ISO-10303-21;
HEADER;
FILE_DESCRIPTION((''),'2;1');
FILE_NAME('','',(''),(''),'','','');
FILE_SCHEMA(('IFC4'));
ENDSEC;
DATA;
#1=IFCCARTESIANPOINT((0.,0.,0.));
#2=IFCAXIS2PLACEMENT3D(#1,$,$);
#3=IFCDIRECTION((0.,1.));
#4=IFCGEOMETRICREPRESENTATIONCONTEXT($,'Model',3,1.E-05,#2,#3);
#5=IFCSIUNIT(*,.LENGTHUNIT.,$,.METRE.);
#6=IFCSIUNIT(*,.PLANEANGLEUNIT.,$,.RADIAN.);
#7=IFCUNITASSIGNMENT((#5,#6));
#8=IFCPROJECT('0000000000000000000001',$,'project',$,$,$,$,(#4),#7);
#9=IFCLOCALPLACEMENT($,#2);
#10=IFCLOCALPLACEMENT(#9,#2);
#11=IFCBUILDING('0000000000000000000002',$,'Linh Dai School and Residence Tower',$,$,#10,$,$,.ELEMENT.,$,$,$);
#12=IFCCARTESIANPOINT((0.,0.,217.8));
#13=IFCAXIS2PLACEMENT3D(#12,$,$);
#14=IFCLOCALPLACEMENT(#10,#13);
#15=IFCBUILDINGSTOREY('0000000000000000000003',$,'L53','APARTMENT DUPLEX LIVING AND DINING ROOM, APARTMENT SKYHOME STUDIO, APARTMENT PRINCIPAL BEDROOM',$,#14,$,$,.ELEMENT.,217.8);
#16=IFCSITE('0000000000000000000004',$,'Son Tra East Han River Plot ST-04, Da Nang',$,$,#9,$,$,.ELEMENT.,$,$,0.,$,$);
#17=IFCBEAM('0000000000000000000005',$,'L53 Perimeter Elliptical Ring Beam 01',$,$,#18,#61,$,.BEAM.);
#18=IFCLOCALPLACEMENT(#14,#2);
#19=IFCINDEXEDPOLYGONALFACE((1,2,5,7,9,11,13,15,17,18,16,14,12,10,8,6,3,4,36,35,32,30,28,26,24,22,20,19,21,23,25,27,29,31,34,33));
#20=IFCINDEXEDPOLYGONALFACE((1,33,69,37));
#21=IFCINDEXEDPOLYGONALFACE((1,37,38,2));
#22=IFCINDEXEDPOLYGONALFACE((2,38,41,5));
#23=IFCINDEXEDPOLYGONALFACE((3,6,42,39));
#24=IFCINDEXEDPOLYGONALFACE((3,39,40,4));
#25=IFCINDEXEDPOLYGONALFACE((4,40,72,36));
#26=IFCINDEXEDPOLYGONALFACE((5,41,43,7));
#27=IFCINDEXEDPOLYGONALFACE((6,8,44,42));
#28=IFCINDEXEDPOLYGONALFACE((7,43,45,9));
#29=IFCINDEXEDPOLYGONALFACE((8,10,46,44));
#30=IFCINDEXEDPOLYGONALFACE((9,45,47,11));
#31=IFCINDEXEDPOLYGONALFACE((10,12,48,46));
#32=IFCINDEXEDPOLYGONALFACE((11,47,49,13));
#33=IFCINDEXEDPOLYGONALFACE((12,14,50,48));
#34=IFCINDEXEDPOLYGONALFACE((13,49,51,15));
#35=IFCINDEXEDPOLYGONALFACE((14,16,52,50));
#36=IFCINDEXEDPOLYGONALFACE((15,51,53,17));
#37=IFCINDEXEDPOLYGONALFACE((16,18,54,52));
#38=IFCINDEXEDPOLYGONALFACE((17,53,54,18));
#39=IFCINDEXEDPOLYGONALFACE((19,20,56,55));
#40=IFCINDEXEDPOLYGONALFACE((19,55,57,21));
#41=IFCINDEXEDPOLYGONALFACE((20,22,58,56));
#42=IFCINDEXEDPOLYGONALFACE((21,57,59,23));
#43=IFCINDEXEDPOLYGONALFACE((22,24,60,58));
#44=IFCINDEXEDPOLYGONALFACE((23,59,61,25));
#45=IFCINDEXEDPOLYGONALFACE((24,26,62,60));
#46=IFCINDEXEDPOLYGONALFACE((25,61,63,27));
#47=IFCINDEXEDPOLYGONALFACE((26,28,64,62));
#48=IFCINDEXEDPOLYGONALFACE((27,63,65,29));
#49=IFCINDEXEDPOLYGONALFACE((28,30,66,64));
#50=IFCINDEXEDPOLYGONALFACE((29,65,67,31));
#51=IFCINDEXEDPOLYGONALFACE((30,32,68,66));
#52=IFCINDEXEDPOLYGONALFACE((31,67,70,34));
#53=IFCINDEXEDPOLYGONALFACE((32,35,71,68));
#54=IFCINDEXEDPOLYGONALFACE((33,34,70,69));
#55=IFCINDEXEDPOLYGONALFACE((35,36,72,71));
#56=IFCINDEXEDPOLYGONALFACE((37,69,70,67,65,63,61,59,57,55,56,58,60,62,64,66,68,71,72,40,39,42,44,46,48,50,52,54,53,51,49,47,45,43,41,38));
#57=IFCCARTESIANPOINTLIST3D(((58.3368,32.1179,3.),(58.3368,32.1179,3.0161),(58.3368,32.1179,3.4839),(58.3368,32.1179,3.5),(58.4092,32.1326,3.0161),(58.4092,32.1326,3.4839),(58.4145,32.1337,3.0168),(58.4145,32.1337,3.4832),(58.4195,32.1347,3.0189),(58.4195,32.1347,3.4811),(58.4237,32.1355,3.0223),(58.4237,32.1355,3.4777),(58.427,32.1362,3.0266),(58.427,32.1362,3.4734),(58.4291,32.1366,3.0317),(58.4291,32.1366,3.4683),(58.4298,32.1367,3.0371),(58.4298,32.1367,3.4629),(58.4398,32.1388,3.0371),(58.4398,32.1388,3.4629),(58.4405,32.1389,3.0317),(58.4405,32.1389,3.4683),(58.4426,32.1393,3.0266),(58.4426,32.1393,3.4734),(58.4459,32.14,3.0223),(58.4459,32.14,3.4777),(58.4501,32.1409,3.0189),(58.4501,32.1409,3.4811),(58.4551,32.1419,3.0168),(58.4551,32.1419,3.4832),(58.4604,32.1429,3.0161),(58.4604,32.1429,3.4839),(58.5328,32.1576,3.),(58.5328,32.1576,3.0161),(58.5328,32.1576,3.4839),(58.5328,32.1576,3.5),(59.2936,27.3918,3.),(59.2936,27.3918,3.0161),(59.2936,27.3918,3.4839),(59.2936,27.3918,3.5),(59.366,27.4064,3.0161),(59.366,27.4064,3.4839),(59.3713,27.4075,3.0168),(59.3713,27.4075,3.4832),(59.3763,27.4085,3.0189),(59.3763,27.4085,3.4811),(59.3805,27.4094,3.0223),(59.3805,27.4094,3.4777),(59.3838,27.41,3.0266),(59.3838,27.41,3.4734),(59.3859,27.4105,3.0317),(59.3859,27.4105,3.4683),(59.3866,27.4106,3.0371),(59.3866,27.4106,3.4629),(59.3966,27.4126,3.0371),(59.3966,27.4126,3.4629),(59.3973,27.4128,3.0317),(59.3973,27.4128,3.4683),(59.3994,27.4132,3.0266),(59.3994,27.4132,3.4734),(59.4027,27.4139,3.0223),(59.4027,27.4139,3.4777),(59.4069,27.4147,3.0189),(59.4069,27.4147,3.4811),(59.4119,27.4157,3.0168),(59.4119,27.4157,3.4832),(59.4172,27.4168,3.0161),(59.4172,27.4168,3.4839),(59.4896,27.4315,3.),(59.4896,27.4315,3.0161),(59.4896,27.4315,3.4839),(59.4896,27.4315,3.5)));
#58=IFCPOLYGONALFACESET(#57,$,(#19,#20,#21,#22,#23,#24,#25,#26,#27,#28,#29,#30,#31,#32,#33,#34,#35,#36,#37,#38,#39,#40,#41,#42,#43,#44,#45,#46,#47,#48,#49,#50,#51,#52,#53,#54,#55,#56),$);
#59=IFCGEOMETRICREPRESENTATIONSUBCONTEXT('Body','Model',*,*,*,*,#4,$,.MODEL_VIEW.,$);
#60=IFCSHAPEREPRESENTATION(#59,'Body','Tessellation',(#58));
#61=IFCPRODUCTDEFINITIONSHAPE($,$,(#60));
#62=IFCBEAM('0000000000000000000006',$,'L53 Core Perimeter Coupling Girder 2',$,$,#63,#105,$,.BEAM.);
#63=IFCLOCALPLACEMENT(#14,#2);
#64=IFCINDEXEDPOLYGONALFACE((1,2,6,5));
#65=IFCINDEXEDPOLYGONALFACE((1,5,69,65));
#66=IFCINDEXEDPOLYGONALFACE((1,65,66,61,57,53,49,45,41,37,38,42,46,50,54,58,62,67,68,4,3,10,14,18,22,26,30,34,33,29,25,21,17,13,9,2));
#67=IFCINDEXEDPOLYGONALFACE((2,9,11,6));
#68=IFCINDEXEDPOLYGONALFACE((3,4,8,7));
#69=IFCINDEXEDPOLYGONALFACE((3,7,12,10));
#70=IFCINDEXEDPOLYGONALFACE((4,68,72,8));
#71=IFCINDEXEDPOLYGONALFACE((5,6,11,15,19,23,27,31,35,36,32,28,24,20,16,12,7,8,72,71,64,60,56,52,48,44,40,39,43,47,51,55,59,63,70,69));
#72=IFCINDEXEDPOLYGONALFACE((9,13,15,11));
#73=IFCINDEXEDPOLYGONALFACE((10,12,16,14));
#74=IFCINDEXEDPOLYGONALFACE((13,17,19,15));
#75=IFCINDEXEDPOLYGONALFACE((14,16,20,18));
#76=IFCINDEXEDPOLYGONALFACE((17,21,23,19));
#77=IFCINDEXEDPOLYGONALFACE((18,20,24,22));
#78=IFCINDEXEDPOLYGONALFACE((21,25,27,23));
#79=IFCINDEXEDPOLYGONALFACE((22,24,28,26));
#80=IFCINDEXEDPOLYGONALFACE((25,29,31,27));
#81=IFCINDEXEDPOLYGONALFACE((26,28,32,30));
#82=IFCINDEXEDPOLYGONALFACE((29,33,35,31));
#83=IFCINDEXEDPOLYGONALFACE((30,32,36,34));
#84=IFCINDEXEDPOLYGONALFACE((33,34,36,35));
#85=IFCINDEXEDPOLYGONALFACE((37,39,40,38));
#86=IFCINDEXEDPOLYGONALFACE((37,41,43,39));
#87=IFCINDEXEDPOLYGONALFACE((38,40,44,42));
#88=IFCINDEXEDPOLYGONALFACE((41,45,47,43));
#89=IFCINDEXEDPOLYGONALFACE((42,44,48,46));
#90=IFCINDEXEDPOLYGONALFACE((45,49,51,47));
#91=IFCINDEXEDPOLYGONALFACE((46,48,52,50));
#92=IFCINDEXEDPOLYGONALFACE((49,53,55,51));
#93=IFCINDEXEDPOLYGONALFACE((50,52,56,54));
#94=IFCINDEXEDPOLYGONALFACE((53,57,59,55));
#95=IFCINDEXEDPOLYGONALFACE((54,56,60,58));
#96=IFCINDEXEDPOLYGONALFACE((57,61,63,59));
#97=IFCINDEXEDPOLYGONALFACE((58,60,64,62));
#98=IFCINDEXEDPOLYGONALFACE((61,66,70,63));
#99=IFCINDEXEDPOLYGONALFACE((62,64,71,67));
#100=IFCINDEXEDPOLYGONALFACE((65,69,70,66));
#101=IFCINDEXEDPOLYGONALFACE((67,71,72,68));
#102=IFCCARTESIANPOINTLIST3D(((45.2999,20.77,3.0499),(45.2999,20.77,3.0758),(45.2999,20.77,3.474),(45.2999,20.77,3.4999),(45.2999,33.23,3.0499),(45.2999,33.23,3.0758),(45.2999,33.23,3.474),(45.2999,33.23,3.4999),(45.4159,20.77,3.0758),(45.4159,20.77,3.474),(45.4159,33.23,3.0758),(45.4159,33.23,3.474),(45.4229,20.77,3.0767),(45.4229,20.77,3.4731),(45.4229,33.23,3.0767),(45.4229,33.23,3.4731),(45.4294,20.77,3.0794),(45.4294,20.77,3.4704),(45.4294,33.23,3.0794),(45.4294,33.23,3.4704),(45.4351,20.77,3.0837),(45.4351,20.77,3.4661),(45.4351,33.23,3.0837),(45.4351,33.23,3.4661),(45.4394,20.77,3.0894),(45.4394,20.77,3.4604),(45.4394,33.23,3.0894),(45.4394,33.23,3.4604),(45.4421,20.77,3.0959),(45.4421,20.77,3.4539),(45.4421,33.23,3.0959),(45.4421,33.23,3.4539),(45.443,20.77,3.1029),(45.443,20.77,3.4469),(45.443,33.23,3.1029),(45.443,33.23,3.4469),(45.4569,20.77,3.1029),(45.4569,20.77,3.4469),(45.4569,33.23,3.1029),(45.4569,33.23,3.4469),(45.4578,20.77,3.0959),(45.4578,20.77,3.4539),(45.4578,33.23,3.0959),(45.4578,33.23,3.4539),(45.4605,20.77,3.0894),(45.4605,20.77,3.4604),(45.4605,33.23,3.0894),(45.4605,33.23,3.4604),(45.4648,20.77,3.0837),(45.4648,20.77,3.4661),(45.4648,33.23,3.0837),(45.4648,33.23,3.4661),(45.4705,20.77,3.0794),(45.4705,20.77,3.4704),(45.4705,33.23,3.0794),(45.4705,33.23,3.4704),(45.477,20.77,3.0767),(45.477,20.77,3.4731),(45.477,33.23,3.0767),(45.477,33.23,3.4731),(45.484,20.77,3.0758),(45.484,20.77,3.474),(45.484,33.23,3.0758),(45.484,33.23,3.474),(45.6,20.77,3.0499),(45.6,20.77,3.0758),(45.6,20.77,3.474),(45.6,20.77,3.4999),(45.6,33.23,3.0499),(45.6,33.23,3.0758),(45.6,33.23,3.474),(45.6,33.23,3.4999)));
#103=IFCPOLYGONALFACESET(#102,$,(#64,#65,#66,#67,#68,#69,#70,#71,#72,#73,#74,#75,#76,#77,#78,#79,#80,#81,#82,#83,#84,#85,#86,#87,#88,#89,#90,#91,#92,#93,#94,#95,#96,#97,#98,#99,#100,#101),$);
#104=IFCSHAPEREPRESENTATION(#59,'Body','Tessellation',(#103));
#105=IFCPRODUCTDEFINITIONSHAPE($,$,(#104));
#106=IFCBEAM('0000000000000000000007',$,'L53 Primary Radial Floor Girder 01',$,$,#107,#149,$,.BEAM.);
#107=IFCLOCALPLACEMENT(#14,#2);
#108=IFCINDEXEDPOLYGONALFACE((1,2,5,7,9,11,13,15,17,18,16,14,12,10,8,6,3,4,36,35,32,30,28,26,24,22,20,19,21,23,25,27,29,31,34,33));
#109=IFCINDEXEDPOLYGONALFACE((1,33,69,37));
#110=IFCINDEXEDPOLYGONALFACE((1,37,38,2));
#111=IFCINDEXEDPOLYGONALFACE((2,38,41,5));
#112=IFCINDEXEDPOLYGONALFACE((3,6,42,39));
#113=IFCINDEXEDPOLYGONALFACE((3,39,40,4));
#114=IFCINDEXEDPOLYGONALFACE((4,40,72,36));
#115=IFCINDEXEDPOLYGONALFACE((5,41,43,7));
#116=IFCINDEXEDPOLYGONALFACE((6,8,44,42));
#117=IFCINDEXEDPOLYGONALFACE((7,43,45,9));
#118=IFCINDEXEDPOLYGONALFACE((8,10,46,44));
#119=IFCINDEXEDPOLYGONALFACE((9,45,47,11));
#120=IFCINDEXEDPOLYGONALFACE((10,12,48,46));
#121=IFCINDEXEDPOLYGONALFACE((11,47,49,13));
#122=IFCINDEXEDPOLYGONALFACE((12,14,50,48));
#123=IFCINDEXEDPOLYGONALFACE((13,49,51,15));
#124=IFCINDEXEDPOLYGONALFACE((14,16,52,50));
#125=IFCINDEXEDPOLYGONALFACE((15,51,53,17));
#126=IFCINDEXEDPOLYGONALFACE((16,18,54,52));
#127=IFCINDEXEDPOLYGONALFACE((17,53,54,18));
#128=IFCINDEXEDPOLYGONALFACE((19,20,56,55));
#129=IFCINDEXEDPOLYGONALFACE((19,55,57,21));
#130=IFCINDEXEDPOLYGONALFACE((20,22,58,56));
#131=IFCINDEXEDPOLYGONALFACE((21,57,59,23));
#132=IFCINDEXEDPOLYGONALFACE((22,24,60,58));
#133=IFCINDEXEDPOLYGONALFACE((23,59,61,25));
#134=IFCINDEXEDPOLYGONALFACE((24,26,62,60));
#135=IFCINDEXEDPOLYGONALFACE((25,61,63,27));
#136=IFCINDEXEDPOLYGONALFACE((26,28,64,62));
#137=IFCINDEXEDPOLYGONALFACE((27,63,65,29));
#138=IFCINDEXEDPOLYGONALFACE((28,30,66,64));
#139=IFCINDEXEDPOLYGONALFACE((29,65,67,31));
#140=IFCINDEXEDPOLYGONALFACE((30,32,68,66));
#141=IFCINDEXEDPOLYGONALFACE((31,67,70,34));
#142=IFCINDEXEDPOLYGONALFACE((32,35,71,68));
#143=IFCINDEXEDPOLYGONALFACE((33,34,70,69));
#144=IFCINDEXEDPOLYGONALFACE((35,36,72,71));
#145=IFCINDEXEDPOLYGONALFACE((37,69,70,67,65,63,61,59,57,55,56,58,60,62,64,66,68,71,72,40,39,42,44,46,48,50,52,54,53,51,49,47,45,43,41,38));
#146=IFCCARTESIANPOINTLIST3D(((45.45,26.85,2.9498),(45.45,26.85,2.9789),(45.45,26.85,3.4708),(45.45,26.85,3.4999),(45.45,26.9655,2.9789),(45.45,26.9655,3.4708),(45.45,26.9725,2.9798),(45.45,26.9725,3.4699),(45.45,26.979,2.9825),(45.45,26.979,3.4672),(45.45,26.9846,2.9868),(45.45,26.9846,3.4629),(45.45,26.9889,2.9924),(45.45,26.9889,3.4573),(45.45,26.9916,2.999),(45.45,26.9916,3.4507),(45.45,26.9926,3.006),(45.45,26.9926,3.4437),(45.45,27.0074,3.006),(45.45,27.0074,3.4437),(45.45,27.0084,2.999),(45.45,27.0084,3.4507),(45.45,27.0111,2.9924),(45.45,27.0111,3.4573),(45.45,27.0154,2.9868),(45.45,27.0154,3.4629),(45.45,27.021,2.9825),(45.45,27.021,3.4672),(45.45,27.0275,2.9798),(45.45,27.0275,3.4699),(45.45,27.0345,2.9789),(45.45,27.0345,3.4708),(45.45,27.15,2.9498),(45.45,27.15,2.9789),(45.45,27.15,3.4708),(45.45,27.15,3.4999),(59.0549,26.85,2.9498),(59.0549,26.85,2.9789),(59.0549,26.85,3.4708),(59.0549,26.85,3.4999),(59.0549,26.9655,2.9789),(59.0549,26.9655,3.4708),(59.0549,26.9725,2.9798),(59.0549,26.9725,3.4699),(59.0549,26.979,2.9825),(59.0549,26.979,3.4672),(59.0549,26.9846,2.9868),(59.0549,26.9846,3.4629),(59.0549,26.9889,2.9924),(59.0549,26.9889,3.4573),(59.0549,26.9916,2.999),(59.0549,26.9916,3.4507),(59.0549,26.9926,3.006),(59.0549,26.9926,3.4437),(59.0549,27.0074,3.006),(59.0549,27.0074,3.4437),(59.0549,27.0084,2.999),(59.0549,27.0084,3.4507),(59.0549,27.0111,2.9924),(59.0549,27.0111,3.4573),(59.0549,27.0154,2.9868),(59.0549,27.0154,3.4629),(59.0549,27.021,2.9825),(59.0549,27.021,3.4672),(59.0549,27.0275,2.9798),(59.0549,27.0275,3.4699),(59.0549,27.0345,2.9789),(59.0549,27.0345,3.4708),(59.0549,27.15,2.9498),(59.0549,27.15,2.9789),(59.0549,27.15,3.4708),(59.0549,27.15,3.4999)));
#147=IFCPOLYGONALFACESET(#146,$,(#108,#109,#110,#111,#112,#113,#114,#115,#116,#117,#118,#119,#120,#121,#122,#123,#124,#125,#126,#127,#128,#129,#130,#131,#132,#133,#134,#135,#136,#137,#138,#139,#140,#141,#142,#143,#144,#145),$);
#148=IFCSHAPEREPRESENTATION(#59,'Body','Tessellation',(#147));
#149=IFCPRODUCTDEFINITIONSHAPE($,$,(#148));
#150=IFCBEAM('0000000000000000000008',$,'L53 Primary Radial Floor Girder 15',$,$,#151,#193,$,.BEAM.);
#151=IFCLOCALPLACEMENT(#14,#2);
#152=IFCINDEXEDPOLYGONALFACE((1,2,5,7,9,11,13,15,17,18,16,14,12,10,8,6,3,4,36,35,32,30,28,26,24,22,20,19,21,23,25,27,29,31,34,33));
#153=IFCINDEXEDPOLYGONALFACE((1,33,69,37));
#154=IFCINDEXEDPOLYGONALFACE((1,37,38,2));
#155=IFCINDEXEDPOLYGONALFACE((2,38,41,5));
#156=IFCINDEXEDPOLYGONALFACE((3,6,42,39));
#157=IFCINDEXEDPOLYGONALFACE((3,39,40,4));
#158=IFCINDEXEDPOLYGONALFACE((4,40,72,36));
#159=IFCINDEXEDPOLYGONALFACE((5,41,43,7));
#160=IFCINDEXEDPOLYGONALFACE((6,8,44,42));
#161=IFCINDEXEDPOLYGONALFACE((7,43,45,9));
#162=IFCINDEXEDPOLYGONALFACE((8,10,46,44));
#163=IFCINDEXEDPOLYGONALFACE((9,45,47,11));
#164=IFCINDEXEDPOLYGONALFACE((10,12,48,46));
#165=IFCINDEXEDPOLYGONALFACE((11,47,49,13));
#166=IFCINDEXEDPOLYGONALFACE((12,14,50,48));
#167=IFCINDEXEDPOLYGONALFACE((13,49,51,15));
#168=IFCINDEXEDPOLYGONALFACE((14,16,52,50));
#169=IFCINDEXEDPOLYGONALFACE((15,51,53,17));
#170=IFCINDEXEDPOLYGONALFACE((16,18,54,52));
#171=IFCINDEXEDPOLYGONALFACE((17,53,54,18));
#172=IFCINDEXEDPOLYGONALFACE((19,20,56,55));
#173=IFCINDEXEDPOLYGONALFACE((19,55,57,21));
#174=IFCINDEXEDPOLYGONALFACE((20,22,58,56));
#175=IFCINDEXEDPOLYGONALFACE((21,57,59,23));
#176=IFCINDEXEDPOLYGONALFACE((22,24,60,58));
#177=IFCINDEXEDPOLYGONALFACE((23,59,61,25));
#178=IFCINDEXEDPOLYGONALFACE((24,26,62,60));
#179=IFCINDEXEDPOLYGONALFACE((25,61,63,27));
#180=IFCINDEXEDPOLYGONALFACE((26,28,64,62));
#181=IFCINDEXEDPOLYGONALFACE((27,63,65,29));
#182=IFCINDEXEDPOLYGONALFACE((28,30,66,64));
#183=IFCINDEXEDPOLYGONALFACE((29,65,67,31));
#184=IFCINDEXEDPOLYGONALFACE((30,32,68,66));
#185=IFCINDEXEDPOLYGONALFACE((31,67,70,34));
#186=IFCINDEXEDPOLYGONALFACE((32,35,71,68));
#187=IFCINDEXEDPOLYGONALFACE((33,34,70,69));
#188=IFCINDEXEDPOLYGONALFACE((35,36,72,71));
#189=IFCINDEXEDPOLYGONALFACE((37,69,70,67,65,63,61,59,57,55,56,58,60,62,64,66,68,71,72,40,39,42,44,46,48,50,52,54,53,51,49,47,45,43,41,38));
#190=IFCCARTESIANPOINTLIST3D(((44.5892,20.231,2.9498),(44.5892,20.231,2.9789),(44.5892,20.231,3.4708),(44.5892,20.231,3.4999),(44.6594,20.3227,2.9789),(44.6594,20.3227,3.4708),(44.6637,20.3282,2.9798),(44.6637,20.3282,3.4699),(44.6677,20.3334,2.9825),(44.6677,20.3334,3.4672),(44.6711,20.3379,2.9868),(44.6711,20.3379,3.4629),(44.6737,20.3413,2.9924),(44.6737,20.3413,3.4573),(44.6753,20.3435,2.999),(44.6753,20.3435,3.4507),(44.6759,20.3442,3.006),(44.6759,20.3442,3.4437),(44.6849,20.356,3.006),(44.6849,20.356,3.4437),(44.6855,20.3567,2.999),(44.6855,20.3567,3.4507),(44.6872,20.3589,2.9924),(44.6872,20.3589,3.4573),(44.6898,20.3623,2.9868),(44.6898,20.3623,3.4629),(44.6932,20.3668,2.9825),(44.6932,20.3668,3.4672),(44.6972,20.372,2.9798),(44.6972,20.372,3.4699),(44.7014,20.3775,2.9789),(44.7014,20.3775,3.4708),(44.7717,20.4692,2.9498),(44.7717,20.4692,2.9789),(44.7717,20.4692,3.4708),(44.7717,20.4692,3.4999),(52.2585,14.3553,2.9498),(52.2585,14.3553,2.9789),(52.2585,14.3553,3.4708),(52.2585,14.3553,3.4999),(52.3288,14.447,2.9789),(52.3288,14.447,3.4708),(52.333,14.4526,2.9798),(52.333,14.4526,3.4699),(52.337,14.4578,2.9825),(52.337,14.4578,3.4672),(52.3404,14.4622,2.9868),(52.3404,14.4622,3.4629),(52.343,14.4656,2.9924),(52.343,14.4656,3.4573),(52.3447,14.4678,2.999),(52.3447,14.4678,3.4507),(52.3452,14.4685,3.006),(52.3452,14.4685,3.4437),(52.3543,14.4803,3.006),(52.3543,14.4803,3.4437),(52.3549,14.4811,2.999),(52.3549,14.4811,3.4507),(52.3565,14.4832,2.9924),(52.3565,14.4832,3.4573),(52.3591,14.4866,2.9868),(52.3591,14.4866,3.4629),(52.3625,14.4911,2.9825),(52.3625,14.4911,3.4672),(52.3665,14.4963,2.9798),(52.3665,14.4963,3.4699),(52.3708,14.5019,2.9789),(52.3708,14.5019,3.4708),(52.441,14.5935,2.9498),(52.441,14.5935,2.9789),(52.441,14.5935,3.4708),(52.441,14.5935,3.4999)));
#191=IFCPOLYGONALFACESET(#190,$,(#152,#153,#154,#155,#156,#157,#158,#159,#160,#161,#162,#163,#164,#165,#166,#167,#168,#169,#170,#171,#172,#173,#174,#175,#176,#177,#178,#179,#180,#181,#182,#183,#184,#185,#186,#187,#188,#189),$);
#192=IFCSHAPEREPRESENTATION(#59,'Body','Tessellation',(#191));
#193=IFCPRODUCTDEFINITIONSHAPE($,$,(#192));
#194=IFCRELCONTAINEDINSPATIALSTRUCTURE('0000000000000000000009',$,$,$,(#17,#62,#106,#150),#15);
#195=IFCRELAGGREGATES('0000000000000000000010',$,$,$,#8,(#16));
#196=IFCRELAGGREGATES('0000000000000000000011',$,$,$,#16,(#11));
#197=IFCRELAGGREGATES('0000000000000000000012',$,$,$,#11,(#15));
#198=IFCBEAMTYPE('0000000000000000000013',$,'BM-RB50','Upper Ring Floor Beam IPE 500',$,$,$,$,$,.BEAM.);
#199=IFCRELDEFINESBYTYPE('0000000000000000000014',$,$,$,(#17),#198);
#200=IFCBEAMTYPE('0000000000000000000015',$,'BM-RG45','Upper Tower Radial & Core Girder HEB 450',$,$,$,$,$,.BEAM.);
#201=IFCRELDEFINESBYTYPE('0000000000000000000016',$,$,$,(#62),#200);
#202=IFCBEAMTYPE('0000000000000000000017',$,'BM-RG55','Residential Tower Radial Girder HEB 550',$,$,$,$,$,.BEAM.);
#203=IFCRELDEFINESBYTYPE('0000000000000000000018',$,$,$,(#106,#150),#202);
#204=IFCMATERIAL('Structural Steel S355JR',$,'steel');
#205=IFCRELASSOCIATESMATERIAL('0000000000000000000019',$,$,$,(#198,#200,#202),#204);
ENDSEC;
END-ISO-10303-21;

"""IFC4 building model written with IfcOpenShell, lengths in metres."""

from ifc_helpers import new_model, si_unit, direction, frame, origin, origin_2d, place, context, subcontext, project, spatial, i_section, extrude, material, material_profile, profile_set, type_object, element, save


model = new_model("IFC4")

# Units and contexts
model_context = context("Model", 3, precision=1e-05, world=origin(), true_north=direction((0.0, 1.0)))
body_context = subcontext(model_context, "Body", "Model", "MODEL_VIEW")
ifc_project = project(units=[si_unit("LENGTHUNIT", "METRE"), si_unit("PLANEANGLEUNIT", "RADIAN")], contexts=[model_context])

# Site, building, storey
site_placement = place(None, origin())
site = spatial("IfcSite", under=ifc_project, at=site_placement, Name="Son Tra East Han River Plot ST-04, Da Nang", CompositionType="ELEMENT", RefElevation=0.0)
building_placement = place(site_placement, origin())
building = spatial("IfcBuilding", under=site, at=building_placement, Name="Linh Dai School and Residence Tower", CompositionType="ELEMENT")
storey_placement = place(building_placement, frame((0.0, 0.0, 217.8)))
storey = spatial("IfcBuildingStorey", under=building, at=storey_placement, Name="L53", Description="APARTMENT DUPLEX LIVING AND DINING ROOM, APARTMENT SKYHOME STUDIO, APARTMENT PRINCIPAL BEDROOM", CompositionType="ELEMENT", Elevation=217.8)

# Shared definitions
ifc_material_1 = material(Name="Structural Steel S355JR", Category="steel")

# Beams
ifc_material_profile_1 = material_profile(ifc_material_1, i_section(OverallWidth=0.2, OverallDepth=0.5, WebThickness=0.0103, FlangeThickness=0.0161, FilletRadius=0.021, at=origin_2d()), Name="IPE 500")
ifc_profile_set_1 = profile_set([ifc_material_profile_1], Name="Structural Steel S355JR")
beam_type_1 = type_object("IfcBeamType", Name="BM-RB50", Description="Upper Ring Floor Beam IPE 500", PredefinedType="BEAM", material=ifc_profile_set_1)
beam_1_placement = place(storey_placement, frame((59.3916, 27.4116, 3.25), z_axis=(-0.198423, 0.980116, 0.0), x_axis=(-0.980116, -0.198423, 0.0)))
element("IfcBeam", 1, at=beam_1_placement, inside=storey, type_object=beam_type_1, Name="L53 Perimeter Elliptical Ring Beam 01", PredefinedType="BEAM", context=body_context, shape_type="SweptSolid", body=[
    extrude(i_section(OverallWidth=0.2, OverallDepth=0.5, WebThickness=0.0103, FlangeThickness=0.0161, FilletRadius=0.021, at=origin_2d()), origin(), (0.0, 0.0, 1.0), 4.822),
])
ifc_material_profile_2 = material_profile(ifc_material_1, i_section(OverallWidth=0.3, OverallDepth=0.45, WebThickness=0.0139, FlangeThickness=0.0259, FilletRadius=0.0271, at=origin_2d()), Name="HEB 450")
ifc_profile_set_2 = profile_set([ifc_material_profile_2], Name="Structural Steel S355JR")
beam_type_2 = type_object("IfcBeamType", Name="BM-RG45", Description="Upper Tower Radial & Core Girder HEB 450", PredefinedType="BEAM", material=ifc_profile_set_2)
beam_2_placement = place(storey_placement, frame((45.45, 20.77, 3.2749), z_axis=(0.0, 1.0, 0.0), x_axis=(-1.0, 0.0, 0.0)))
element("IfcBeam", 2, at=beam_2_placement, inside=storey, type_object=beam_type_2, Name="L53 Core Perimeter Coupling Girder 2", PredefinedType="BEAM", context=body_context, shape_type="SweptSolid", body=[
    extrude(i_section(OverallWidth=0.3, OverallDepth=0.45, WebThickness=0.0139, FlangeThickness=0.0259, FilletRadius=0.0271, at=origin_2d()), origin(), (0.0, 0.0, 1.0), 12.46),
])
ifc_material_profile_3 = material_profile(ifc_material_1, i_section(OverallWidth=0.3, OverallDepth=0.55, WebThickness=0.0149, FlangeThickness=0.0291, FilletRadius=0.0271, at=origin_2d()), Name="HEB 550")
ifc_profile_set_3 = profile_set([ifc_material_profile_3], Name="Structural Steel S355JR")
beam_type_3 = type_object("IfcBeamType", Name="BM-RG55", Description="Residential Tower Radial Girder HEB 550", PredefinedType="BEAM", material=ifc_profile_set_3)
beam_3_placement = place(storey_placement, frame((45.45, 27.0, 3.2249), z_axis=(1.0, 0.0, 0.0), x_axis=(0.0, 1.0, 0.0)))
element("IfcBeam", 3, at=beam_3_placement, inside=storey, type_object=beam_type_3, Name="L53 Primary Radial Floor Girder 01", PredefinedType="BEAM", context=body_context, shape_type="SweptSolid", body=[
    extrude(i_section(OverallWidth=0.3, OverallDepth=0.55, WebThickness=0.0149, FlangeThickness=0.0291, FilletRadius=0.0271, at=origin_2d()), origin(), (0.0, 0.0, 1.0), 13.605),
])
beam_4_placement = place(storey_placement, frame((44.6804, 20.3501, 3.2249), z_axis=(0.793815, -0.60816, 0.0), x_axis=(0.60816, 0.793815, 0.0)))
element("IfcBeam", 4, at=beam_4_placement, inside=storey, type_object=beam_type_3, Name="L53 Primary Radial Floor Girder 15", PredefinedType="BEAM", context=body_context, shape_type="SweptSolid", body=[
    extrude(i_section(OverallWidth=0.3, OverallDepth=0.55, WebThickness=0.0149, FlangeThickness=0.0291, FilletRadius=0.0271, at=origin_2d()), origin(), (0.0, 0.0, 1.0), 9.6614),
])

save(model, "model.ifc")
